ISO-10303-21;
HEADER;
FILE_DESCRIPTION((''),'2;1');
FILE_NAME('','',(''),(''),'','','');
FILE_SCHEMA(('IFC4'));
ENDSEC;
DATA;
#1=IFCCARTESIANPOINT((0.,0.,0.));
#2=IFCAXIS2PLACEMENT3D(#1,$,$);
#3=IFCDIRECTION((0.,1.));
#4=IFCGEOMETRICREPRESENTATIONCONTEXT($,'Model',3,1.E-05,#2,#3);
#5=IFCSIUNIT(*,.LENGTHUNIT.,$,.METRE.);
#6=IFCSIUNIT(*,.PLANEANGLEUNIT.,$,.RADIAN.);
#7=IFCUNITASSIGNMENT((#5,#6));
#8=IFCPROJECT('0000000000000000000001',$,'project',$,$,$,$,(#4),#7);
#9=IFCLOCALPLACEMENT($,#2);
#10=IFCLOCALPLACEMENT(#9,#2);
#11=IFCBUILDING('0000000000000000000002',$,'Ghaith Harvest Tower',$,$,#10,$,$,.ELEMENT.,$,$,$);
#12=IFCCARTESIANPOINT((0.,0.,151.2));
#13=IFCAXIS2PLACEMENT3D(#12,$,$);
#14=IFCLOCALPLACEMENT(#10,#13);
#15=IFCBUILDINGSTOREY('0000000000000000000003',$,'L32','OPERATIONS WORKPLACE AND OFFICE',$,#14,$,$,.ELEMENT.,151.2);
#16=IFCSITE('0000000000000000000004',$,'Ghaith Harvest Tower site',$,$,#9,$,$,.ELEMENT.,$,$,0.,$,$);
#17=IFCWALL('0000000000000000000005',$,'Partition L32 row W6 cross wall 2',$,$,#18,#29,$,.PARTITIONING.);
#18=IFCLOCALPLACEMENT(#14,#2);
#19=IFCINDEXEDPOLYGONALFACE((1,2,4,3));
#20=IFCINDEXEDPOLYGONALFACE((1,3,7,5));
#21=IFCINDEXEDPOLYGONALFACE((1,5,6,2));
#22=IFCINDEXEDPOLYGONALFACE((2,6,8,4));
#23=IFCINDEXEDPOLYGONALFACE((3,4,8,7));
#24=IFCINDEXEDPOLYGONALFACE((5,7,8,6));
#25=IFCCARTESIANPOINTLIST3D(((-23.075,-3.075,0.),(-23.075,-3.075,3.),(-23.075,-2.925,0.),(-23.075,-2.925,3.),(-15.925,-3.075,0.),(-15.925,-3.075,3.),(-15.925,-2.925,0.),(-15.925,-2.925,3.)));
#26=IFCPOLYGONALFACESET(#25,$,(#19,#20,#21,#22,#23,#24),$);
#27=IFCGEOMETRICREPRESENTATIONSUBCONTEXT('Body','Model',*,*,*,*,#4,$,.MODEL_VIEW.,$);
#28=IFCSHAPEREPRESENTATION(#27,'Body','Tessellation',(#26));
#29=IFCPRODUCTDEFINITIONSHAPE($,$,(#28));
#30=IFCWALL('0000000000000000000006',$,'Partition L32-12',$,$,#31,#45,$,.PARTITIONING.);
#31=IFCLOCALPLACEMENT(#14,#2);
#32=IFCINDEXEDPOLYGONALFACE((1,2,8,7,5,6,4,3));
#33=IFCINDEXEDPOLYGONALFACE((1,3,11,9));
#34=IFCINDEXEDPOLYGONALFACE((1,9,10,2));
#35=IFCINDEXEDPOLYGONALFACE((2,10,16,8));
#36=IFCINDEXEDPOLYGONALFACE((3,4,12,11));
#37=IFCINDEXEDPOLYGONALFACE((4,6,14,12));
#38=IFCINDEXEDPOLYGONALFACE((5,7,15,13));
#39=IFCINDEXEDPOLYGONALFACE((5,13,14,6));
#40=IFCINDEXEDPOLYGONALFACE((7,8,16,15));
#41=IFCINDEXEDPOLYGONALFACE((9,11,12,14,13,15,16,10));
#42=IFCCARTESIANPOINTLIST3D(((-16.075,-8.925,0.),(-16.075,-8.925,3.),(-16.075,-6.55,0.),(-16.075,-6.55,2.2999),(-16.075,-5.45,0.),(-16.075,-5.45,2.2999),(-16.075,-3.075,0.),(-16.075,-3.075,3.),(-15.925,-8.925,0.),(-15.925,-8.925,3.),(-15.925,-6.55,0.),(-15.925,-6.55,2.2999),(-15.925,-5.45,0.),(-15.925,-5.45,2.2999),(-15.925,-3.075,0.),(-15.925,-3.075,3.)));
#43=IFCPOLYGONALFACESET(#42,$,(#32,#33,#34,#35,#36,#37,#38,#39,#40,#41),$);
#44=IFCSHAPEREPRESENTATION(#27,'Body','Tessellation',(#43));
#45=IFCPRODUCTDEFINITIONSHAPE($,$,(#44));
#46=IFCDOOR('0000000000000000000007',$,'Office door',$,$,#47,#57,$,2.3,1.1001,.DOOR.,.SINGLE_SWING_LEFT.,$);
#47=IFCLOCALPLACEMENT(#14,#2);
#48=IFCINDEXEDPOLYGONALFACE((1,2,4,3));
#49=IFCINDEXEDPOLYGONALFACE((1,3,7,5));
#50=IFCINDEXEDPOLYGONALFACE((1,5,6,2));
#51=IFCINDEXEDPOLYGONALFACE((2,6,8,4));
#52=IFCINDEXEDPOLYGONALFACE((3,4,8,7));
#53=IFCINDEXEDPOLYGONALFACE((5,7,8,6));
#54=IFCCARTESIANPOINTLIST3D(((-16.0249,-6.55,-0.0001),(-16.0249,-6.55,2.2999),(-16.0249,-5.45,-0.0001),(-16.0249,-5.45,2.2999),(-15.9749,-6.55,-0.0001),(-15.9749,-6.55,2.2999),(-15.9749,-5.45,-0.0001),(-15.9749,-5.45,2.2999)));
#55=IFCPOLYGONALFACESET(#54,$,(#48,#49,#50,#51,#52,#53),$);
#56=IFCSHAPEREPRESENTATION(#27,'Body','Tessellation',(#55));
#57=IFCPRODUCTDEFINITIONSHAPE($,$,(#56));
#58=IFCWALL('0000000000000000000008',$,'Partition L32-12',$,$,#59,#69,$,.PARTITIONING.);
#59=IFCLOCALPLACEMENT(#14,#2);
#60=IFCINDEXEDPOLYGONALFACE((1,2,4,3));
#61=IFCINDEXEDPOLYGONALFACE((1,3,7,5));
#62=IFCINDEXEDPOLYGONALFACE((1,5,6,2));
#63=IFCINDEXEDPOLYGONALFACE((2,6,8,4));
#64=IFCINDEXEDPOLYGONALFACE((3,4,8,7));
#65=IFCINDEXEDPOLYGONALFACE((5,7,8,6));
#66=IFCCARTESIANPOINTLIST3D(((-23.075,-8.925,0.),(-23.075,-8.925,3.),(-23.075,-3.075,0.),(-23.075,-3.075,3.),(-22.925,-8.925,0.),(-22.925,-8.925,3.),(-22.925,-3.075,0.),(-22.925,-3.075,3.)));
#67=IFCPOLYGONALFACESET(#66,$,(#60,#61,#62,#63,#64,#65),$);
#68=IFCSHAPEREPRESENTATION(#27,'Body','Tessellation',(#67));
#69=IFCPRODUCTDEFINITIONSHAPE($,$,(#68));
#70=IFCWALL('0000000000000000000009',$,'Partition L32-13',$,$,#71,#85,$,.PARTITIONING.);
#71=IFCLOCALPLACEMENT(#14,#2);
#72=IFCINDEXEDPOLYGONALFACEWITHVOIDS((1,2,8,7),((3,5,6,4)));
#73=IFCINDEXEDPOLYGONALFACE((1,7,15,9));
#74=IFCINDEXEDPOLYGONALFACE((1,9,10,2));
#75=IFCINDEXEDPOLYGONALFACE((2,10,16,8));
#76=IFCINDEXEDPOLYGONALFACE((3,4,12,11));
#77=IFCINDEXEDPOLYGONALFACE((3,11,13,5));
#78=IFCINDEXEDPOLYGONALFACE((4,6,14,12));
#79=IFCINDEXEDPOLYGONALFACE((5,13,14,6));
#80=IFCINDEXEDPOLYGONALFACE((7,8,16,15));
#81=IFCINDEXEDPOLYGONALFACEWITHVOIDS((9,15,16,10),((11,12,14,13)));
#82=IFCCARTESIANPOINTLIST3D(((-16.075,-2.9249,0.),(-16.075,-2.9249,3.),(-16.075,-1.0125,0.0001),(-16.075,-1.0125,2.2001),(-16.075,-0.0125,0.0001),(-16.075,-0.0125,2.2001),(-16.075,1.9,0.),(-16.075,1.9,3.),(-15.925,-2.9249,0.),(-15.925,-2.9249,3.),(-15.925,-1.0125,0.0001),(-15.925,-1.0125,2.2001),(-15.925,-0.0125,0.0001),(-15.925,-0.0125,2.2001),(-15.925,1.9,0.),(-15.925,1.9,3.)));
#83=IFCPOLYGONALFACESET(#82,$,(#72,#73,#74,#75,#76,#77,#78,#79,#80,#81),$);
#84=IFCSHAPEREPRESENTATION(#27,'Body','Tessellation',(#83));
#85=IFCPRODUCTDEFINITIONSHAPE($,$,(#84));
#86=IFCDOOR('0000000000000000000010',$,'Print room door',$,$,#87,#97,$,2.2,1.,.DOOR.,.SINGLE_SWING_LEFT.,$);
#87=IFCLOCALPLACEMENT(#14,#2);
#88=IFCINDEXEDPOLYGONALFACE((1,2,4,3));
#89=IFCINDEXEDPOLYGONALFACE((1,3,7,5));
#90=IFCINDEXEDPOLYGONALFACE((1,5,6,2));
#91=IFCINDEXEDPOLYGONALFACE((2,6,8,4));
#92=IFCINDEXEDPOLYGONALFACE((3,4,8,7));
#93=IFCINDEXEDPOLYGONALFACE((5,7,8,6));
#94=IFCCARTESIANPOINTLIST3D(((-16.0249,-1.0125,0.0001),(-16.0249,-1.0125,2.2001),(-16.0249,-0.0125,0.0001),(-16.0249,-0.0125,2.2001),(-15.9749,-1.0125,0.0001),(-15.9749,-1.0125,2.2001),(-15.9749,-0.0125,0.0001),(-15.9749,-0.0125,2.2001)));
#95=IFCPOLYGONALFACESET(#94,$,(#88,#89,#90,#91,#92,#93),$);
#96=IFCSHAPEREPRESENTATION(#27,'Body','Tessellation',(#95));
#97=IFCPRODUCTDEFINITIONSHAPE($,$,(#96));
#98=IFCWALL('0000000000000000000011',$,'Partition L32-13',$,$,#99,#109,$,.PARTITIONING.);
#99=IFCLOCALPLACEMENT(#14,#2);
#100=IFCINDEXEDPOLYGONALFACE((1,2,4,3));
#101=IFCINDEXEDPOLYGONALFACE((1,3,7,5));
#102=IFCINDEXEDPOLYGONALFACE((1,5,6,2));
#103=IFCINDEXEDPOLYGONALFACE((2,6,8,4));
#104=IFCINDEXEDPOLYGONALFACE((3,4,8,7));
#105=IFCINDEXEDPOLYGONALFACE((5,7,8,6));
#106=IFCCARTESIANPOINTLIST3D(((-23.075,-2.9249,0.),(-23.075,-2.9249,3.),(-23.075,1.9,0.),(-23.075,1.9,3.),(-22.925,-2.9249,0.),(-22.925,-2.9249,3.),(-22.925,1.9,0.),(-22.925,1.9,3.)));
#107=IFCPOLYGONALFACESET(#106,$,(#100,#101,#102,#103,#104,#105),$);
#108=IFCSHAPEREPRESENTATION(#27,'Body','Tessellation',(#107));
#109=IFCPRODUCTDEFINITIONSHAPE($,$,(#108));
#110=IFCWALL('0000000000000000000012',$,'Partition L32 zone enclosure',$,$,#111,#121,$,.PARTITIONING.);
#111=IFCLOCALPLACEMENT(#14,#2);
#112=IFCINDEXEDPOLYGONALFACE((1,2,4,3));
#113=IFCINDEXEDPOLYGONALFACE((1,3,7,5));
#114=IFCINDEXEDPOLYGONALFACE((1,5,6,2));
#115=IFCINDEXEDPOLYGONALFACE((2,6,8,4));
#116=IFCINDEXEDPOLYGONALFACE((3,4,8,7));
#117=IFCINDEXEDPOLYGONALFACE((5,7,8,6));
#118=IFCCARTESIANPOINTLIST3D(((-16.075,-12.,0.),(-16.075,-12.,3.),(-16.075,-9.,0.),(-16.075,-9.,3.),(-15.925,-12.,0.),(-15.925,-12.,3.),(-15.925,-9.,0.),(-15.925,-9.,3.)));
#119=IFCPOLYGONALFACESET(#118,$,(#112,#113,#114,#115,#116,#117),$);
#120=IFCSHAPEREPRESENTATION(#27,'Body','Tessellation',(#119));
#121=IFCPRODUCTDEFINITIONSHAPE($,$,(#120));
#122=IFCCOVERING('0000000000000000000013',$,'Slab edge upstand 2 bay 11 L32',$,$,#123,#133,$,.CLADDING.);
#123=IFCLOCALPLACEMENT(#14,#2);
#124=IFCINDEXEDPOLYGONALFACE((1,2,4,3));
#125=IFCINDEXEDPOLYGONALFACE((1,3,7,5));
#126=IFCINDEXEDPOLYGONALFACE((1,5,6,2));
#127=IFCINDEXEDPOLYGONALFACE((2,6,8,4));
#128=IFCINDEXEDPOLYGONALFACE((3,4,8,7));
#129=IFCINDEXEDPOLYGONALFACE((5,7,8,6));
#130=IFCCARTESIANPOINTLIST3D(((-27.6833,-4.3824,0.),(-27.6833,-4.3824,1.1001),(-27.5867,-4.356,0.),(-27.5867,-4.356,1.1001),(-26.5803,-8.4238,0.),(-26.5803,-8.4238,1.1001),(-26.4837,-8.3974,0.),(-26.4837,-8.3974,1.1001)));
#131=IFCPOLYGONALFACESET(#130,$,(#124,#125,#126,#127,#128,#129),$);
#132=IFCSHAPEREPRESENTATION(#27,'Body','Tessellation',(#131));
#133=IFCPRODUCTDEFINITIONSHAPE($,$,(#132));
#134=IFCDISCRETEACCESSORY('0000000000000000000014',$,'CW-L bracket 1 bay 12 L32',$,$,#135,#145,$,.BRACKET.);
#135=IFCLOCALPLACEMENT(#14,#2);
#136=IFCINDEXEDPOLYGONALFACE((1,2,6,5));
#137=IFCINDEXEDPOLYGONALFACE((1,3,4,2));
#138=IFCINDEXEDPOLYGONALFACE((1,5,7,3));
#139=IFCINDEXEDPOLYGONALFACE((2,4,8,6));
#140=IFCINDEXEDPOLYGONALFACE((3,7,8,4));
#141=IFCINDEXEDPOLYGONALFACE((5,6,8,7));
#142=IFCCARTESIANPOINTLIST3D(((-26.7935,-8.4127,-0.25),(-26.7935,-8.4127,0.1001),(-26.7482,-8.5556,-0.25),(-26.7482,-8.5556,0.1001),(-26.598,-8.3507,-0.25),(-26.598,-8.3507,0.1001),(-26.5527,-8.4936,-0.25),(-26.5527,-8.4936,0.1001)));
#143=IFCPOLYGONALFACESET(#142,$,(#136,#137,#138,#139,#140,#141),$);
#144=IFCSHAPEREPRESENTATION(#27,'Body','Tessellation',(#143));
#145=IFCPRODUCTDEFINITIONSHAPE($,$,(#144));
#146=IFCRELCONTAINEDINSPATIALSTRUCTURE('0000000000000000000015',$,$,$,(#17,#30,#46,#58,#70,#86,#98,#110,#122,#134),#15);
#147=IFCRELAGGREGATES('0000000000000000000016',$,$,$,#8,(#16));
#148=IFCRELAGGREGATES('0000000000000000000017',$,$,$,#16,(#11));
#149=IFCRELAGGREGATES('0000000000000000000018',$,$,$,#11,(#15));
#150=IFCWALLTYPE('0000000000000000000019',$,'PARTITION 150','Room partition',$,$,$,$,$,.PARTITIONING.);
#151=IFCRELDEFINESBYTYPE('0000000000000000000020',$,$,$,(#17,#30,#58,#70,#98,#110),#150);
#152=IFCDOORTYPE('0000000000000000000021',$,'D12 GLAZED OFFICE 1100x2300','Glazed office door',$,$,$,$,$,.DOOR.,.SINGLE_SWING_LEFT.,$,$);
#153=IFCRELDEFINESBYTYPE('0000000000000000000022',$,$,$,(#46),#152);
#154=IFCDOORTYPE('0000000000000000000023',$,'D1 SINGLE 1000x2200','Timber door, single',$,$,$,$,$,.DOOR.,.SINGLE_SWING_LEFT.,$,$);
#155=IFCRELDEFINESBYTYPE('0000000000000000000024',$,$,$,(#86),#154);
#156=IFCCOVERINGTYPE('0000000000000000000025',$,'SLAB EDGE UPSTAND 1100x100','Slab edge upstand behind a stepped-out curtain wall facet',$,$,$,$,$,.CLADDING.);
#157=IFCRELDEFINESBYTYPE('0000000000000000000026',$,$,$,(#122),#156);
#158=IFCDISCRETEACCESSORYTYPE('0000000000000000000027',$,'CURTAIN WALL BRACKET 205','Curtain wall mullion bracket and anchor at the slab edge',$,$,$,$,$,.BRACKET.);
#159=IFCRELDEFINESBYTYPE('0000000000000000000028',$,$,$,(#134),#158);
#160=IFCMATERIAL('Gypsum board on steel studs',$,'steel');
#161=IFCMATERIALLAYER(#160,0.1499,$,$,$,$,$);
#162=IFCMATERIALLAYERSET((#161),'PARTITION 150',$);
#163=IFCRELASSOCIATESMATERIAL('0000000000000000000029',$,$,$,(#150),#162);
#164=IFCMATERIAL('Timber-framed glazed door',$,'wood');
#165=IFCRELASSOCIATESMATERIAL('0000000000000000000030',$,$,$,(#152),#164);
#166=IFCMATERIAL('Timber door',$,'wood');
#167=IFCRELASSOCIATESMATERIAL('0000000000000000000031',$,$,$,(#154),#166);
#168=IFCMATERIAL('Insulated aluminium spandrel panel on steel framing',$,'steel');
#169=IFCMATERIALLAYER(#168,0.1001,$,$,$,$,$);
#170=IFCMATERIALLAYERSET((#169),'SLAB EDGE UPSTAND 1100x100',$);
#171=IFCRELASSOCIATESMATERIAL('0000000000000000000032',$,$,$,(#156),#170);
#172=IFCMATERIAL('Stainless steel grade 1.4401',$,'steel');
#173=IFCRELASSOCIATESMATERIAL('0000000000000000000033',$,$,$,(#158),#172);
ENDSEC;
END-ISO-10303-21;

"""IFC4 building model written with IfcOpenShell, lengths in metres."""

from ifc_helpers import new_model, si_unit, direction, frame, frame_2d, origin, origin_2d, place, context, subcontext, project, spatial, rectangle, extrude, material, layer, layer_set, type_object, element, fill, save


model = new_model("IFC4")

# Units and contexts
model_context = context("Model", 3, precision=1e-05, world=origin(), true_north=direction((0.0, 1.0)))
body_context = subcontext(model_context, "Body", "Model", "MODEL_VIEW")
ifc_project = project(units=[si_unit("LENGTHUNIT", "METRE"), si_unit("PLANEANGLEUNIT", "RADIAN")], contexts=[model_context])

# Site, building, storey
site_placement = place(None, origin())
site = spatial("IfcSite", under=ifc_project, at=site_placement, Name="Ghaith Harvest Tower site", CompositionType="ELEMENT", RefElevation=0.0)
building_placement = place(site_placement, origin())
building = spatial("IfcBuilding", under=site, at=building_placement, Name="Ghaith Harvest Tower", CompositionType="ELEMENT")
storey_placement = place(building_placement, frame((0.0, 0.0, 151.2)))
storey = spatial("IfcBuildingStorey", under=building, at=storey_placement, Name="L32", Description="OPERATIONS WORKPLACE AND OFFICE", CompositionType="ELEMENT", Elevation=151.2)

# Wall
ifc_material_1 = material(Name="Gypsum board on steel studs", Category="steel")
ifc_layer_1 = layer(ifc_material_1, 0.1499)
ifc_layer_set_1 = layer_set([ifc_layer_1], Name="PARTITION 150")
wall_type = type_object("IfcWallType", Name="PARTITION 150", Description="Room partition", PredefinedType="PARTITIONING", material=ifc_layer_set_1)
for number, where, z_axis, x_axis, name in (
    (1, (-15.925, -3.0, 0.0), (0.0, 0.0, 1.0), (-1.0, 0.0, 0.0), "Partition L32 row W6 cross wall 2"),
):
    element("IfcWall", number, at=place(storey_placement, frame(where, z_axis=z_axis, x_axis=x_axis)), inside=storey, type_object=wall_type, Name=name, PredefinedType="PARTITIONING", context=body_context, shape_type="SweptSolid", body=[
        extrude(rectangle(XDim=7.1499, YDim=0.1499, at=frame_2d((3.575, 0.0))), origin(), (0.0, 0.0, 1.0), 3.0),
    ])

# Wall, opening, door
wall_1_placement = place(storey_placement, frame((-16.0, -8.925, 0.0), z_axis=(0.0, 0.0, 1.0), x_axis=(0.0, 1.0, 0.0)))
wall_1 = element("IfcWall", 2, at=wall_1_placement, inside=storey, type_object=wall_type, Name="Partition L32-12", PredefinedType="PARTITIONING", context=body_context, shape_type="SweptSolid", body=[
    extrude(rectangle(XDim=5.8501, YDim=0.1499, at=frame_2d((2.925, 0.0))), origin(), (0.0, 0.0, 1.0), 3.0),
])
opening_1_placement = place(wall_1_placement, frame((2.375, 0.0, 0.0)))
opening_1 = element("IfcOpeningElement", 3, at=opening_1_placement, cuts=wall_1, PredefinedType="OPENING", context=body_context, shape_type="SweptSolid", body=[
    extrude(rectangle(XDim=1.1001, YDim=2.3, at=frame_2d((0.55, 1.1499))), frame((0.0, 0.085, 0.0), z_axis=(0.0, -1.0, 0.0), x_axis=(1.0, 0.0, 0.0)), (0.0, 0.0, 1.0), 0.1699),
])
ifc_material_2 = material(Name="Timber-framed glazed door", Category="wood")
door_type_1 = type_object("IfcDoorType", Name="D12 GLAZED OFFICE 1100x2300", Description="Glazed office door", OperationType="SINGLE_SWING_LEFT", PredefinedType="DOOR", material=ifc_material_2)
door_1_placement = place(opening_1_placement, origin())
door_1 = element("IfcDoor", 4, at=door_1_placement, inside=storey, type_object=door_type_1, Name="Office door", OperationType="SINGLE_SWING_LEFT", OverallHeight=2.3, OverallWidth=1.1001, PredefinedType="DOOR", context=body_context, shape_type="SweptSolid", body=[
    extrude(rectangle(XDim=1.1001, YDim=2.3, at=frame_2d((0.55, 1.1499))), frame((0.0, 0.0249, 0.0), z_axis=(0.0, -1.0, 0.0), x_axis=(1.0, 0.0, 0.0)), (0.0, 0.0, 1.0), 0.05),
])
fill(opening_1, door_1)

# Wall
wall_2_placement = place(storey_placement, frame((-23.0, -8.925, 0.0), z_axis=(0.0, 0.0, 1.0), x_axis=(0.0, 1.0, 0.0)))
element("IfcWall", 5, at=wall_2_placement, inside=storey, type_object=wall_type, Name="Partition L32-12", PredefinedType="PARTITIONING", context=body_context, shape_type="SweptSolid", body=[
    extrude(rectangle(XDim=5.8501, YDim=0.1499, at=frame_2d((2.925, 0.0))), origin(), (0.0, 0.0, 1.0), 3.0),
])

# Wall, opening, door
wall_3_placement = place(storey_placement, frame((-16.0, -2.925, 0.0), z_axis=(0.0, 0.0, 1.0), x_axis=(0.0, 1.0, 0.0)))
wall_3 = element("IfcWall", 6, at=wall_3_placement, inside=storey, type_object=wall_type, Name="Partition L32-13", PredefinedType="PARTITIONING", context=body_context, shape_type="SweptSolid", body=[
    extrude(rectangle(XDim=4.825, YDim=0.1499, at=frame_2d((2.4126, 0.0))), origin(), (0.0, 0.0, 1.0), 3.0),
])
opening_2_placement = place(wall_3_placement, frame((1.9126, 0.0, 0.0)))
opening_2 = element("IfcOpeningElement", 7, at=opening_2_placement, cuts=wall_3, PredefinedType="OPENING", context=body_context, shape_type="SweptSolid", body=[
    extrude(rectangle(XDim=1.0, YDim=2.2, at=frame_2d((0.5, 1.1001))), frame((0.0, 0.085, 0.0), z_axis=(0.0, -1.0, 0.0), x_axis=(1.0, 0.0, 0.0)), (0.0, 0.0, 1.0), 0.1699),
])
ifc_material_3 = material(Name="Timber door", Category="wood")
door_type_2 = type_object("IfcDoorType", Name="D1 SINGLE 1000x2200", Description="Timber door, single", OperationType="SINGLE_SWING_LEFT", PredefinedType="DOOR", material=ifc_material_3)
door_2_placement = place(opening_2_placement, origin())
door_2 = element("IfcDoor", 8, at=door_2_placement, inside=storey, type_object=door_type_2, Name="Print room door", OperationType="SINGLE_SWING_LEFT", OverallHeight=2.2, OverallWidth=1.0, PredefinedType="DOOR", context=body_context, shape_type="SweptSolid", body=[
    extrude(rectangle(XDim=1.0, YDim=2.2, at=frame_2d((0.5, 1.1001))), frame((0.0, 0.0249, 0.0), z_axis=(0.0, -1.0, 0.0), x_axis=(1.0, 0.0, 0.0)), (0.0, 0.0, 1.0), 0.05),
])
fill(opening_2, door_2)

# Walls
wall_4_placement = place(storey_placement, frame((-23.0, -2.925, 0.0), z_axis=(0.0, 0.0, 1.0), x_axis=(0.0, 1.0, 0.0)))
element("IfcWall", 9, at=wall_4_placement, inside=storey, type_object=wall_type, Name="Partition L32-13", PredefinedType="PARTITIONING", context=body_context, shape_type="SweptSolid", body=[
    extrude(rectangle(XDim=4.825, YDim=0.1499, at=frame_2d((2.4126, 0.0))), origin(), (0.0, 0.0, 1.0), 3.0),
])
wall_5_placement = place(storey_placement, frame((-16.0, -9.0, 0.0), z_axis=(0.0, 0.0, 1.0), x_axis=(0.0, -1.0, 0.0)))
element("IfcWall", 10, at=wall_5_placement, inside=storey, type_object=wall_type, Name="Partition L32 zone enclosure", PredefinedType="PARTITIONING", context=body_context, shape_type="SweptSolid", body=[
    extrude(rectangle(XDim=3.0, YDim=0.1499, at=frame_2d((1.5, 0.0))), origin(), (0.0, 0.0, 1.0), 3.0),
])

# Covering
ifc_material_4 = material(Name="Insulated aluminium spandrel panel on steel framing", Category="steel")
ifc_layer_2 = layer(ifc_material_4, 0.1001)
ifc_layer_set_2 = layer_set([ifc_layer_2], Name="SLAB EDGE UPSTAND 1100x100")
covering_type = type_object("IfcCoveringType", Name="SLAB EDGE UPSTAND 1100x100", Description="Slab edge upstand behind a stepped-out curtain wall facet", PredefinedType="CLADDING", material=ifc_layer_set_2)
covering_placement = place(storey_placement, frame((-27.0835, -6.3899, 0.0), z_axis=(0.0, 0.0, 1.0), x_axis=(0.263288, -0.964717, 0.0)))
element("IfcCovering", 11, at=covering_placement, inside=storey, type_object=covering_type, Name="Slab edge upstand 2 bay 11 L32", PredefinedType="CLADDING", context=body_context, shape_type="SweptSolid", body=[
    extrude(rectangle(XDim=4.1892, YDim=0.1001, at=origin_2d()), origin(), (0.0, 0.0, 1.0), 1.1001),
])

# Discrete accessory
ifc_material_5 = material(Name="Stainless steel grade 1.4401", Category="steel")
discrete_accessory_type = type_object("IfcDiscreteAccessoryType", Name="CURTAIN WALL BRACKET 205", Description="Curtain wall mullion bracket and anchor at the slab edge", PredefinedType="BRACKET", material=ifc_material_5)
discrete_accessory_placement = place(storey_placement, frame((-26.6731, -8.4531, -0.25), z_axis=(0.0, 0.0, 1.0), x_axis=(-0.953273, -0.30211, 0.0)))
element("IfcDiscreteAccessory", 12, at=discrete_accessory_placement, inside=storey, type_object=discrete_accessory_type, Name="CW-L bracket 1 bay 12 L32", PredefinedType="BRACKET", context=body_context, shape_type="SweptSolid", body=[
    extrude(rectangle(XDim=0.2051, YDim=0.1499, at=origin_2d()), origin(), (0.0, 0.0, 1.0), 0.3501),
])

save(model, "model.ifc")
